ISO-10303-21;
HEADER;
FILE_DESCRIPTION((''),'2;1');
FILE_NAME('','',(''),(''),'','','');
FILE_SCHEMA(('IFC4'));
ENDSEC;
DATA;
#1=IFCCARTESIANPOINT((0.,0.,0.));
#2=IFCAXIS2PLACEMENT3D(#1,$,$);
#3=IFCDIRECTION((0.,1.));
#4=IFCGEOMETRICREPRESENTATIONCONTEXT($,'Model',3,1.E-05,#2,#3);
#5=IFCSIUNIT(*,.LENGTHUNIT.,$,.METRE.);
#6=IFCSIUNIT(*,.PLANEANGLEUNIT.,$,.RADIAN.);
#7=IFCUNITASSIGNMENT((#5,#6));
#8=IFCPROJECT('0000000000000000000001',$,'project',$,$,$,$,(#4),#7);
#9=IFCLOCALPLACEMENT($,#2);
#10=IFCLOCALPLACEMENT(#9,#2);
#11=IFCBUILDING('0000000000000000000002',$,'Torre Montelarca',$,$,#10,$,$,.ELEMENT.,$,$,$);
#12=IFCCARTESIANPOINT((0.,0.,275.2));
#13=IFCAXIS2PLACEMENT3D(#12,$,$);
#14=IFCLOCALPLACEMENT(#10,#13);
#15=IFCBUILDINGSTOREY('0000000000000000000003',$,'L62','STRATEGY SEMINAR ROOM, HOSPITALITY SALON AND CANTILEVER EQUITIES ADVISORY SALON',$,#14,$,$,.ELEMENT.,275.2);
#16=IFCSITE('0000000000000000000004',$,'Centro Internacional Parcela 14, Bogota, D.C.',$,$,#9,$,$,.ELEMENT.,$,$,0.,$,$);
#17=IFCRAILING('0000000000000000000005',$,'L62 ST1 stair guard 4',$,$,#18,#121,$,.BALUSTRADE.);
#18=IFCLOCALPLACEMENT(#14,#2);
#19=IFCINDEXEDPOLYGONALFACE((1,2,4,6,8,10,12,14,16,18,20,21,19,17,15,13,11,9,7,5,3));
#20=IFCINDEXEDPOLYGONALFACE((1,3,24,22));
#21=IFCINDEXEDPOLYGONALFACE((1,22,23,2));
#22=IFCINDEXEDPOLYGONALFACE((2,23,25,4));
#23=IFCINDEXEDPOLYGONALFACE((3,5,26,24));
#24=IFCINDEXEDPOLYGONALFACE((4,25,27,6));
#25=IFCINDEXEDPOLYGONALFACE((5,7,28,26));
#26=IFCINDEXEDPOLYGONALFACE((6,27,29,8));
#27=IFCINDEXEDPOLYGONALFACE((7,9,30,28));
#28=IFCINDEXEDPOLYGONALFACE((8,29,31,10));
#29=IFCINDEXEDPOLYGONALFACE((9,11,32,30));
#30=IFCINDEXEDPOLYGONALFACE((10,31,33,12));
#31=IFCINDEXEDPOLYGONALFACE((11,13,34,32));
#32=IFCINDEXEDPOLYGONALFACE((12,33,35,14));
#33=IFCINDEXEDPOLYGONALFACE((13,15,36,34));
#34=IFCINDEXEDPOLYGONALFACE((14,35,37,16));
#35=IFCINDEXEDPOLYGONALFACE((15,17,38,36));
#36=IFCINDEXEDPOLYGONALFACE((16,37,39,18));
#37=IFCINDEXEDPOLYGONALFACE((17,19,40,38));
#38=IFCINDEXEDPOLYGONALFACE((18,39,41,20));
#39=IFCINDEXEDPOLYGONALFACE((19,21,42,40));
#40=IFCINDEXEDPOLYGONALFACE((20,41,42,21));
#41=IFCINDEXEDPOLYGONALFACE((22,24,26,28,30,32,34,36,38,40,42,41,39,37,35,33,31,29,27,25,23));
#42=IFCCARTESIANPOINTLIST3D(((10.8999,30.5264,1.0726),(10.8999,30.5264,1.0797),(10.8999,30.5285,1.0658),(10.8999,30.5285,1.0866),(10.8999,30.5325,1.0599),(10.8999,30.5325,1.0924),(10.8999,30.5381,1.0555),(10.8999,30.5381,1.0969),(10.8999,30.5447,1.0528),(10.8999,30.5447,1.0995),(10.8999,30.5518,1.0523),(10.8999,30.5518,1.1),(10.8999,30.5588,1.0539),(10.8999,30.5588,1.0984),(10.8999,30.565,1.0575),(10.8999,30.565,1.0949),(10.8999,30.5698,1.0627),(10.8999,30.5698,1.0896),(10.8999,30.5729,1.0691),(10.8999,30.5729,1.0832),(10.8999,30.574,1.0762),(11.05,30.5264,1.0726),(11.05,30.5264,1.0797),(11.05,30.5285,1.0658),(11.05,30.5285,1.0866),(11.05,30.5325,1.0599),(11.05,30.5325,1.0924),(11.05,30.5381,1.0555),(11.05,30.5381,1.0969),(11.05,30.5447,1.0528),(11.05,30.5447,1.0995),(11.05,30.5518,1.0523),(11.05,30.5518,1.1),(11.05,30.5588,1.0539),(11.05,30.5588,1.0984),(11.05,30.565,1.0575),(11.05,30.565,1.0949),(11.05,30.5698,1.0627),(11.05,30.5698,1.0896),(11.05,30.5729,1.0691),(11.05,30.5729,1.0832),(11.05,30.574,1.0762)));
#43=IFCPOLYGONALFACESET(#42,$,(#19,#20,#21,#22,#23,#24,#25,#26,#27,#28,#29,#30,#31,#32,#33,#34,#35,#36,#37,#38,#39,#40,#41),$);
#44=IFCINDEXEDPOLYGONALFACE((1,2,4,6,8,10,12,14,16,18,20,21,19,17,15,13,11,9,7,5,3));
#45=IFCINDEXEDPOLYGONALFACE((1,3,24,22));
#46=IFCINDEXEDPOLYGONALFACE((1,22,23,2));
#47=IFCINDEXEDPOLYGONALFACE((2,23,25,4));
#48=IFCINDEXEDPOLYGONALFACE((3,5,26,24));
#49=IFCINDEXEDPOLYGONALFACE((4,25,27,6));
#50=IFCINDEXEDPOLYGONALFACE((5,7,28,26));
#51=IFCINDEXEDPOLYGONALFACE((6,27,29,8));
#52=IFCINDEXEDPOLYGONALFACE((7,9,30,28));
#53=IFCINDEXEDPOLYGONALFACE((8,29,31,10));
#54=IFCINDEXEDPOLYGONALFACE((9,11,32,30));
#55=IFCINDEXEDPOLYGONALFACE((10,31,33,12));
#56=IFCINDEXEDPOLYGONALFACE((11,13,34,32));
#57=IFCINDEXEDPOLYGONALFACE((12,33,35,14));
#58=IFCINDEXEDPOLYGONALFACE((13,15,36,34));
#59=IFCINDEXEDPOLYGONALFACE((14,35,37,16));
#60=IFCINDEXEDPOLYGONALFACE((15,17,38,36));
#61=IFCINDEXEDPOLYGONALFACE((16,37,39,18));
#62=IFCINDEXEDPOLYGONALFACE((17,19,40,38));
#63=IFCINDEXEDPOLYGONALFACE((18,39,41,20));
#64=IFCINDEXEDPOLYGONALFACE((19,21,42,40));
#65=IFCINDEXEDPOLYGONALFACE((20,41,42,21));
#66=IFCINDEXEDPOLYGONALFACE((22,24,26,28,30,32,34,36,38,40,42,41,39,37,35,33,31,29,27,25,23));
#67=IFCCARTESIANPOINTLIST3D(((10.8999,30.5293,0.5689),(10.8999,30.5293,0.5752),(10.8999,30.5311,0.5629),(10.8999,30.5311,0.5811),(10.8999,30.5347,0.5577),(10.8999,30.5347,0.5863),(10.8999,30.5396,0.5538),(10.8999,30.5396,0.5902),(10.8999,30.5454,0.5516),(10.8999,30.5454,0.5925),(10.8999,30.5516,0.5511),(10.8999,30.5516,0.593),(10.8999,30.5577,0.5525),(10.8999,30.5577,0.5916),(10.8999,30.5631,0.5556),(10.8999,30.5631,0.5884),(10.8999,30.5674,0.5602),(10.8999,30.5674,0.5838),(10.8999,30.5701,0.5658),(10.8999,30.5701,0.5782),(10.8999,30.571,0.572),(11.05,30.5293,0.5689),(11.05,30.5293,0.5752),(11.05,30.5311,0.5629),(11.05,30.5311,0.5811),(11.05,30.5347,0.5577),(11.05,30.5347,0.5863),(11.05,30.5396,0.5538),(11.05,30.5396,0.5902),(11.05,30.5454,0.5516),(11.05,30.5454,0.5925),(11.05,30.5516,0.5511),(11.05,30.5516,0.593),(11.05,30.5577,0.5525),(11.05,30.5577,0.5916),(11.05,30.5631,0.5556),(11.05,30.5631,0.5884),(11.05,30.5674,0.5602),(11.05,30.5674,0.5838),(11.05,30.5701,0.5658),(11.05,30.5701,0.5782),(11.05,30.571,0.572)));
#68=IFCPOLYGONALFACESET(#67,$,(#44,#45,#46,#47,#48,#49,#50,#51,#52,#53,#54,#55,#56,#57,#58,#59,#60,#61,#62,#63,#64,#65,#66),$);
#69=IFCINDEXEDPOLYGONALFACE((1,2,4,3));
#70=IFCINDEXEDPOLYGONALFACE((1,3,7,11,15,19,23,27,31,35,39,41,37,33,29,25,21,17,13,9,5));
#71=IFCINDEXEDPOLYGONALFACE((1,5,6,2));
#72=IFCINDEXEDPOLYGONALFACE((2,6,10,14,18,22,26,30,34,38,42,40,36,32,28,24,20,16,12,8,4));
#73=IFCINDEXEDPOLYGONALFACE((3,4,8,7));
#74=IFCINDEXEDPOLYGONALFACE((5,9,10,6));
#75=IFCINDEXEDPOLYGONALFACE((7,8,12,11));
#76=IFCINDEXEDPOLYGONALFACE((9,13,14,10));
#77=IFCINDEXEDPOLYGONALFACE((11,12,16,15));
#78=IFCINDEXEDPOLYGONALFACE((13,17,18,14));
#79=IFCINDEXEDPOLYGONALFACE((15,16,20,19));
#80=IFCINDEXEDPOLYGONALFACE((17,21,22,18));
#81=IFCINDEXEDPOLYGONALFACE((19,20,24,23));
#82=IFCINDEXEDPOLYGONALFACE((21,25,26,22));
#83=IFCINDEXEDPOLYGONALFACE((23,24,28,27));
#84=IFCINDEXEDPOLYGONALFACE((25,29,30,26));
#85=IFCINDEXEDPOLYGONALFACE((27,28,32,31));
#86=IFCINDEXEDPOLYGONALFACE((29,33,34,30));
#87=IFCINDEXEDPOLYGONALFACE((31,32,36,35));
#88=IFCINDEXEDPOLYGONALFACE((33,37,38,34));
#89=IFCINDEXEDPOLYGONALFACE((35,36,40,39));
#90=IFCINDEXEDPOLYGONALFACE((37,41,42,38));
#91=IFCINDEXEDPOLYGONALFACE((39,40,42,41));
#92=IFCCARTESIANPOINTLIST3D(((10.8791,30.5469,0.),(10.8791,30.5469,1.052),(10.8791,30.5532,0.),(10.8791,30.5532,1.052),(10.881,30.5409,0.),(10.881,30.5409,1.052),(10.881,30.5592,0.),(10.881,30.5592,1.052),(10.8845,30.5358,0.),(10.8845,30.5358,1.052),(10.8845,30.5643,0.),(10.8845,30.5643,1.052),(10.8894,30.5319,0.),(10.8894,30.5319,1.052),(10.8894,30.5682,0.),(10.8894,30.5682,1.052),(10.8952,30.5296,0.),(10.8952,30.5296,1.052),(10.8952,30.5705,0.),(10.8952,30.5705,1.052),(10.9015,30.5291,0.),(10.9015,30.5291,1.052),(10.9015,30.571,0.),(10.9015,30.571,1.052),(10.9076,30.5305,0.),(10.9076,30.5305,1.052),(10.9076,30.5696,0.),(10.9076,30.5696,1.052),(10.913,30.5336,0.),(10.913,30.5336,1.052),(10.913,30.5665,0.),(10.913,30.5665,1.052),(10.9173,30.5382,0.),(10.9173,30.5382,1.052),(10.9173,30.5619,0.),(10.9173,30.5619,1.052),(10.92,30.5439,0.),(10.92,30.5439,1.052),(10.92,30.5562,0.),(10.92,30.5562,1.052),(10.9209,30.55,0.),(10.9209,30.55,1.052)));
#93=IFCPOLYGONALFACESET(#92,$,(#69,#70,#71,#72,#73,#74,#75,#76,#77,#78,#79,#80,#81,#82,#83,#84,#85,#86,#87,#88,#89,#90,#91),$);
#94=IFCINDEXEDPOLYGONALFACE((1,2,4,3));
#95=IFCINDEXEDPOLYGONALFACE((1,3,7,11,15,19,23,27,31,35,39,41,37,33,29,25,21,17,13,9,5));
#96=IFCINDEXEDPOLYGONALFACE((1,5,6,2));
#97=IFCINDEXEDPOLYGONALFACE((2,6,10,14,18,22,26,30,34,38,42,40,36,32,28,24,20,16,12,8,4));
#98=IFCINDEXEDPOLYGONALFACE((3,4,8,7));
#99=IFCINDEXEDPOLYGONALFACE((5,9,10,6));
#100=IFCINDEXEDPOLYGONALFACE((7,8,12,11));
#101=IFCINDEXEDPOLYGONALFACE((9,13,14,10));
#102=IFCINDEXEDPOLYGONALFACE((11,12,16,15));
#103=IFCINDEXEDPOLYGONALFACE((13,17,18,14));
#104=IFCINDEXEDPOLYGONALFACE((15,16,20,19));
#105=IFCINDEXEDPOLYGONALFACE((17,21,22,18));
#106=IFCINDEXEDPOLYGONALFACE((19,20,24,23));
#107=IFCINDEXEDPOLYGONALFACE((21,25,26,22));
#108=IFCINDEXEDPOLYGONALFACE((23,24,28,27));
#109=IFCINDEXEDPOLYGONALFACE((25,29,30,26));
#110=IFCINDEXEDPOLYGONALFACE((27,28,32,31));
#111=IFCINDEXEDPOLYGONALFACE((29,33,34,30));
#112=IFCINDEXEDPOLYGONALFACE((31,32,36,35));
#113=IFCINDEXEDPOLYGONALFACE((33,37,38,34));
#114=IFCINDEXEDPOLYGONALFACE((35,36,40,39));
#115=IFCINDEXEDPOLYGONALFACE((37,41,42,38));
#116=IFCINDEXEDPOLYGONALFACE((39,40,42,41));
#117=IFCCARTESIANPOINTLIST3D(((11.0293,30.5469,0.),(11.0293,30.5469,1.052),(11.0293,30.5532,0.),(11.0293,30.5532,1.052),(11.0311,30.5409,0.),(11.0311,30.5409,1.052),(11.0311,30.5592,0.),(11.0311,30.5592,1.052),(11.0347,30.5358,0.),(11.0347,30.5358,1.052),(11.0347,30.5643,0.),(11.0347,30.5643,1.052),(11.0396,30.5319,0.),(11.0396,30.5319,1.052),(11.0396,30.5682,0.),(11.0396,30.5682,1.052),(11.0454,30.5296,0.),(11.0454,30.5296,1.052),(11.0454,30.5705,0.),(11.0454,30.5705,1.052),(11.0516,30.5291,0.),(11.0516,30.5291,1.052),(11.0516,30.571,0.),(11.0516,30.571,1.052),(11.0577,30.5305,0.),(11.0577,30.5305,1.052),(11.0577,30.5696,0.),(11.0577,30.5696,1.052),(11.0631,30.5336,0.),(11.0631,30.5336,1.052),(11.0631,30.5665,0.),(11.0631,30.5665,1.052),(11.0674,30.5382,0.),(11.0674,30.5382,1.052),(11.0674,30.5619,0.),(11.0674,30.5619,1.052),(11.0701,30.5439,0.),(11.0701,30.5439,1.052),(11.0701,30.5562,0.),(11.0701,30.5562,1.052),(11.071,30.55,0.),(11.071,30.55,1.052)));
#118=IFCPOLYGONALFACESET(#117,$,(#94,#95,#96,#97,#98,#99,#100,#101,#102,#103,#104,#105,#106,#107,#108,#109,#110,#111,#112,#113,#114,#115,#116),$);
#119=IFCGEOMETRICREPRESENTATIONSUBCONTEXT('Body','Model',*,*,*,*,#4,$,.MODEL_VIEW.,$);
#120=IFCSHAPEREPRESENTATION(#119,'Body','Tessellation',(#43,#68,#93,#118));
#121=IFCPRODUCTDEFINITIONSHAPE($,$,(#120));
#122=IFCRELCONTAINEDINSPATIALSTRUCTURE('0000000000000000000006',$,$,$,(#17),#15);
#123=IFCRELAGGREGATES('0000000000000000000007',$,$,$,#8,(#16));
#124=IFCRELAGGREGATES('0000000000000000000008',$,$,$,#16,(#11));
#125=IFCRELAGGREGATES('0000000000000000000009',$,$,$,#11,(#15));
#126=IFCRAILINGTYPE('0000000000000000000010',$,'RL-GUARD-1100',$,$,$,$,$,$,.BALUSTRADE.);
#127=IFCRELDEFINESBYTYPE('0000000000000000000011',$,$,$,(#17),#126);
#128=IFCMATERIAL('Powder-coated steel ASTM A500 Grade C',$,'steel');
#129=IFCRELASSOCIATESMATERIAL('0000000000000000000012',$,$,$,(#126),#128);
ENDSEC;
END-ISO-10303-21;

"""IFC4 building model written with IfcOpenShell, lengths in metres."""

from ifc_helpers import new_model, si_unit, direction, frame, origin, origin_2d, place, context, subcontext, project, spatial, circle, extrude, material, type_object, element, save


model = new_model("IFC4")

# Units and contexts
model_context = context("Model", 3, precision=1e-05, world=origin(), true_north=direction((0.0, 1.0)))
body_context = subcontext(model_context, "Body", "Model", "MODEL_VIEW")
ifc_project = project(units=[si_unit("LENGTHUNIT", "METRE"), si_unit("PLANEANGLEUNIT", "RADIAN")], contexts=[model_context])

# Site, building, storey
site_placement = place(None, origin())
site = spatial("IfcSite", under=ifc_project, at=site_placement, Name="Centro Internacional Parcela 14, Bogota, D.C.", CompositionType="ELEMENT", RefElevation=0.0)
building_placement = place(site_placement, origin())
building = spatial("IfcBuilding", under=site, at=building_placement, Name="Torre Montelarca", CompositionType="ELEMENT")
storey_placement = place(building_placement, frame((0.0, 0.0, 275.2)))
storey = spatial("IfcBuildingStorey", under=building, at=storey_placement, Name="L62", Description="STRATEGY SEMINAR ROOM, HOSPITALITY SALON AND CANTILEVER EQUITIES ADVISORY SALON", CompositionType="ELEMENT", Elevation=275.2)

# Railing
ifc_material_1 = material(Name="Powder-coated steel ASTM A500 Grade C", Category="steel")
railing_type_1 = type_object("IfcRailingType", Name="RL-GUARD-1100", PredefinedType="BALUSTRADE", material=ifc_material_1)
railing_1_placement = place(storey_placement, frame((10.8999, 30.55, 0.0)))
element("IfcRailing", 1, at=railing_1_placement, inside=storey, type_object=railing_type_1, Name="L62 ST1 stair guard 4", PredefinedType="BALUSTRADE", context=body_context, shape_type="SweptSolid", body=[
    extrude(circle(Radius=0.0239, at=origin_2d()), frame((0.0, 0.0, 1.0762), z_axis=(1.0, 0.0, 0.0), x_axis=(0.0, 1.0, 0.0)), (0.0, 0.0, 1.0), 0.1501),
    extrude(circle(Radius=0.021, at=origin_2d()), frame((0.0, 0.0, 0.572), z_axis=(1.0, 0.0, 0.0), x_axis=(0.0, 1.0, 0.0)), (0.0, 0.0, 1.0), 0.1501),
    extrude(circle(Radius=0.021, at=origin_2d()), origin(), (0.0, 0.0, 1.0), 1.052),
    extrude(circle(Radius=0.021, at=origin_2d()), frame((0.1501, 0.0, 0.0)), (0.0, 0.0, 1.0), 1.052),
])

save(model, "model.ifc")
